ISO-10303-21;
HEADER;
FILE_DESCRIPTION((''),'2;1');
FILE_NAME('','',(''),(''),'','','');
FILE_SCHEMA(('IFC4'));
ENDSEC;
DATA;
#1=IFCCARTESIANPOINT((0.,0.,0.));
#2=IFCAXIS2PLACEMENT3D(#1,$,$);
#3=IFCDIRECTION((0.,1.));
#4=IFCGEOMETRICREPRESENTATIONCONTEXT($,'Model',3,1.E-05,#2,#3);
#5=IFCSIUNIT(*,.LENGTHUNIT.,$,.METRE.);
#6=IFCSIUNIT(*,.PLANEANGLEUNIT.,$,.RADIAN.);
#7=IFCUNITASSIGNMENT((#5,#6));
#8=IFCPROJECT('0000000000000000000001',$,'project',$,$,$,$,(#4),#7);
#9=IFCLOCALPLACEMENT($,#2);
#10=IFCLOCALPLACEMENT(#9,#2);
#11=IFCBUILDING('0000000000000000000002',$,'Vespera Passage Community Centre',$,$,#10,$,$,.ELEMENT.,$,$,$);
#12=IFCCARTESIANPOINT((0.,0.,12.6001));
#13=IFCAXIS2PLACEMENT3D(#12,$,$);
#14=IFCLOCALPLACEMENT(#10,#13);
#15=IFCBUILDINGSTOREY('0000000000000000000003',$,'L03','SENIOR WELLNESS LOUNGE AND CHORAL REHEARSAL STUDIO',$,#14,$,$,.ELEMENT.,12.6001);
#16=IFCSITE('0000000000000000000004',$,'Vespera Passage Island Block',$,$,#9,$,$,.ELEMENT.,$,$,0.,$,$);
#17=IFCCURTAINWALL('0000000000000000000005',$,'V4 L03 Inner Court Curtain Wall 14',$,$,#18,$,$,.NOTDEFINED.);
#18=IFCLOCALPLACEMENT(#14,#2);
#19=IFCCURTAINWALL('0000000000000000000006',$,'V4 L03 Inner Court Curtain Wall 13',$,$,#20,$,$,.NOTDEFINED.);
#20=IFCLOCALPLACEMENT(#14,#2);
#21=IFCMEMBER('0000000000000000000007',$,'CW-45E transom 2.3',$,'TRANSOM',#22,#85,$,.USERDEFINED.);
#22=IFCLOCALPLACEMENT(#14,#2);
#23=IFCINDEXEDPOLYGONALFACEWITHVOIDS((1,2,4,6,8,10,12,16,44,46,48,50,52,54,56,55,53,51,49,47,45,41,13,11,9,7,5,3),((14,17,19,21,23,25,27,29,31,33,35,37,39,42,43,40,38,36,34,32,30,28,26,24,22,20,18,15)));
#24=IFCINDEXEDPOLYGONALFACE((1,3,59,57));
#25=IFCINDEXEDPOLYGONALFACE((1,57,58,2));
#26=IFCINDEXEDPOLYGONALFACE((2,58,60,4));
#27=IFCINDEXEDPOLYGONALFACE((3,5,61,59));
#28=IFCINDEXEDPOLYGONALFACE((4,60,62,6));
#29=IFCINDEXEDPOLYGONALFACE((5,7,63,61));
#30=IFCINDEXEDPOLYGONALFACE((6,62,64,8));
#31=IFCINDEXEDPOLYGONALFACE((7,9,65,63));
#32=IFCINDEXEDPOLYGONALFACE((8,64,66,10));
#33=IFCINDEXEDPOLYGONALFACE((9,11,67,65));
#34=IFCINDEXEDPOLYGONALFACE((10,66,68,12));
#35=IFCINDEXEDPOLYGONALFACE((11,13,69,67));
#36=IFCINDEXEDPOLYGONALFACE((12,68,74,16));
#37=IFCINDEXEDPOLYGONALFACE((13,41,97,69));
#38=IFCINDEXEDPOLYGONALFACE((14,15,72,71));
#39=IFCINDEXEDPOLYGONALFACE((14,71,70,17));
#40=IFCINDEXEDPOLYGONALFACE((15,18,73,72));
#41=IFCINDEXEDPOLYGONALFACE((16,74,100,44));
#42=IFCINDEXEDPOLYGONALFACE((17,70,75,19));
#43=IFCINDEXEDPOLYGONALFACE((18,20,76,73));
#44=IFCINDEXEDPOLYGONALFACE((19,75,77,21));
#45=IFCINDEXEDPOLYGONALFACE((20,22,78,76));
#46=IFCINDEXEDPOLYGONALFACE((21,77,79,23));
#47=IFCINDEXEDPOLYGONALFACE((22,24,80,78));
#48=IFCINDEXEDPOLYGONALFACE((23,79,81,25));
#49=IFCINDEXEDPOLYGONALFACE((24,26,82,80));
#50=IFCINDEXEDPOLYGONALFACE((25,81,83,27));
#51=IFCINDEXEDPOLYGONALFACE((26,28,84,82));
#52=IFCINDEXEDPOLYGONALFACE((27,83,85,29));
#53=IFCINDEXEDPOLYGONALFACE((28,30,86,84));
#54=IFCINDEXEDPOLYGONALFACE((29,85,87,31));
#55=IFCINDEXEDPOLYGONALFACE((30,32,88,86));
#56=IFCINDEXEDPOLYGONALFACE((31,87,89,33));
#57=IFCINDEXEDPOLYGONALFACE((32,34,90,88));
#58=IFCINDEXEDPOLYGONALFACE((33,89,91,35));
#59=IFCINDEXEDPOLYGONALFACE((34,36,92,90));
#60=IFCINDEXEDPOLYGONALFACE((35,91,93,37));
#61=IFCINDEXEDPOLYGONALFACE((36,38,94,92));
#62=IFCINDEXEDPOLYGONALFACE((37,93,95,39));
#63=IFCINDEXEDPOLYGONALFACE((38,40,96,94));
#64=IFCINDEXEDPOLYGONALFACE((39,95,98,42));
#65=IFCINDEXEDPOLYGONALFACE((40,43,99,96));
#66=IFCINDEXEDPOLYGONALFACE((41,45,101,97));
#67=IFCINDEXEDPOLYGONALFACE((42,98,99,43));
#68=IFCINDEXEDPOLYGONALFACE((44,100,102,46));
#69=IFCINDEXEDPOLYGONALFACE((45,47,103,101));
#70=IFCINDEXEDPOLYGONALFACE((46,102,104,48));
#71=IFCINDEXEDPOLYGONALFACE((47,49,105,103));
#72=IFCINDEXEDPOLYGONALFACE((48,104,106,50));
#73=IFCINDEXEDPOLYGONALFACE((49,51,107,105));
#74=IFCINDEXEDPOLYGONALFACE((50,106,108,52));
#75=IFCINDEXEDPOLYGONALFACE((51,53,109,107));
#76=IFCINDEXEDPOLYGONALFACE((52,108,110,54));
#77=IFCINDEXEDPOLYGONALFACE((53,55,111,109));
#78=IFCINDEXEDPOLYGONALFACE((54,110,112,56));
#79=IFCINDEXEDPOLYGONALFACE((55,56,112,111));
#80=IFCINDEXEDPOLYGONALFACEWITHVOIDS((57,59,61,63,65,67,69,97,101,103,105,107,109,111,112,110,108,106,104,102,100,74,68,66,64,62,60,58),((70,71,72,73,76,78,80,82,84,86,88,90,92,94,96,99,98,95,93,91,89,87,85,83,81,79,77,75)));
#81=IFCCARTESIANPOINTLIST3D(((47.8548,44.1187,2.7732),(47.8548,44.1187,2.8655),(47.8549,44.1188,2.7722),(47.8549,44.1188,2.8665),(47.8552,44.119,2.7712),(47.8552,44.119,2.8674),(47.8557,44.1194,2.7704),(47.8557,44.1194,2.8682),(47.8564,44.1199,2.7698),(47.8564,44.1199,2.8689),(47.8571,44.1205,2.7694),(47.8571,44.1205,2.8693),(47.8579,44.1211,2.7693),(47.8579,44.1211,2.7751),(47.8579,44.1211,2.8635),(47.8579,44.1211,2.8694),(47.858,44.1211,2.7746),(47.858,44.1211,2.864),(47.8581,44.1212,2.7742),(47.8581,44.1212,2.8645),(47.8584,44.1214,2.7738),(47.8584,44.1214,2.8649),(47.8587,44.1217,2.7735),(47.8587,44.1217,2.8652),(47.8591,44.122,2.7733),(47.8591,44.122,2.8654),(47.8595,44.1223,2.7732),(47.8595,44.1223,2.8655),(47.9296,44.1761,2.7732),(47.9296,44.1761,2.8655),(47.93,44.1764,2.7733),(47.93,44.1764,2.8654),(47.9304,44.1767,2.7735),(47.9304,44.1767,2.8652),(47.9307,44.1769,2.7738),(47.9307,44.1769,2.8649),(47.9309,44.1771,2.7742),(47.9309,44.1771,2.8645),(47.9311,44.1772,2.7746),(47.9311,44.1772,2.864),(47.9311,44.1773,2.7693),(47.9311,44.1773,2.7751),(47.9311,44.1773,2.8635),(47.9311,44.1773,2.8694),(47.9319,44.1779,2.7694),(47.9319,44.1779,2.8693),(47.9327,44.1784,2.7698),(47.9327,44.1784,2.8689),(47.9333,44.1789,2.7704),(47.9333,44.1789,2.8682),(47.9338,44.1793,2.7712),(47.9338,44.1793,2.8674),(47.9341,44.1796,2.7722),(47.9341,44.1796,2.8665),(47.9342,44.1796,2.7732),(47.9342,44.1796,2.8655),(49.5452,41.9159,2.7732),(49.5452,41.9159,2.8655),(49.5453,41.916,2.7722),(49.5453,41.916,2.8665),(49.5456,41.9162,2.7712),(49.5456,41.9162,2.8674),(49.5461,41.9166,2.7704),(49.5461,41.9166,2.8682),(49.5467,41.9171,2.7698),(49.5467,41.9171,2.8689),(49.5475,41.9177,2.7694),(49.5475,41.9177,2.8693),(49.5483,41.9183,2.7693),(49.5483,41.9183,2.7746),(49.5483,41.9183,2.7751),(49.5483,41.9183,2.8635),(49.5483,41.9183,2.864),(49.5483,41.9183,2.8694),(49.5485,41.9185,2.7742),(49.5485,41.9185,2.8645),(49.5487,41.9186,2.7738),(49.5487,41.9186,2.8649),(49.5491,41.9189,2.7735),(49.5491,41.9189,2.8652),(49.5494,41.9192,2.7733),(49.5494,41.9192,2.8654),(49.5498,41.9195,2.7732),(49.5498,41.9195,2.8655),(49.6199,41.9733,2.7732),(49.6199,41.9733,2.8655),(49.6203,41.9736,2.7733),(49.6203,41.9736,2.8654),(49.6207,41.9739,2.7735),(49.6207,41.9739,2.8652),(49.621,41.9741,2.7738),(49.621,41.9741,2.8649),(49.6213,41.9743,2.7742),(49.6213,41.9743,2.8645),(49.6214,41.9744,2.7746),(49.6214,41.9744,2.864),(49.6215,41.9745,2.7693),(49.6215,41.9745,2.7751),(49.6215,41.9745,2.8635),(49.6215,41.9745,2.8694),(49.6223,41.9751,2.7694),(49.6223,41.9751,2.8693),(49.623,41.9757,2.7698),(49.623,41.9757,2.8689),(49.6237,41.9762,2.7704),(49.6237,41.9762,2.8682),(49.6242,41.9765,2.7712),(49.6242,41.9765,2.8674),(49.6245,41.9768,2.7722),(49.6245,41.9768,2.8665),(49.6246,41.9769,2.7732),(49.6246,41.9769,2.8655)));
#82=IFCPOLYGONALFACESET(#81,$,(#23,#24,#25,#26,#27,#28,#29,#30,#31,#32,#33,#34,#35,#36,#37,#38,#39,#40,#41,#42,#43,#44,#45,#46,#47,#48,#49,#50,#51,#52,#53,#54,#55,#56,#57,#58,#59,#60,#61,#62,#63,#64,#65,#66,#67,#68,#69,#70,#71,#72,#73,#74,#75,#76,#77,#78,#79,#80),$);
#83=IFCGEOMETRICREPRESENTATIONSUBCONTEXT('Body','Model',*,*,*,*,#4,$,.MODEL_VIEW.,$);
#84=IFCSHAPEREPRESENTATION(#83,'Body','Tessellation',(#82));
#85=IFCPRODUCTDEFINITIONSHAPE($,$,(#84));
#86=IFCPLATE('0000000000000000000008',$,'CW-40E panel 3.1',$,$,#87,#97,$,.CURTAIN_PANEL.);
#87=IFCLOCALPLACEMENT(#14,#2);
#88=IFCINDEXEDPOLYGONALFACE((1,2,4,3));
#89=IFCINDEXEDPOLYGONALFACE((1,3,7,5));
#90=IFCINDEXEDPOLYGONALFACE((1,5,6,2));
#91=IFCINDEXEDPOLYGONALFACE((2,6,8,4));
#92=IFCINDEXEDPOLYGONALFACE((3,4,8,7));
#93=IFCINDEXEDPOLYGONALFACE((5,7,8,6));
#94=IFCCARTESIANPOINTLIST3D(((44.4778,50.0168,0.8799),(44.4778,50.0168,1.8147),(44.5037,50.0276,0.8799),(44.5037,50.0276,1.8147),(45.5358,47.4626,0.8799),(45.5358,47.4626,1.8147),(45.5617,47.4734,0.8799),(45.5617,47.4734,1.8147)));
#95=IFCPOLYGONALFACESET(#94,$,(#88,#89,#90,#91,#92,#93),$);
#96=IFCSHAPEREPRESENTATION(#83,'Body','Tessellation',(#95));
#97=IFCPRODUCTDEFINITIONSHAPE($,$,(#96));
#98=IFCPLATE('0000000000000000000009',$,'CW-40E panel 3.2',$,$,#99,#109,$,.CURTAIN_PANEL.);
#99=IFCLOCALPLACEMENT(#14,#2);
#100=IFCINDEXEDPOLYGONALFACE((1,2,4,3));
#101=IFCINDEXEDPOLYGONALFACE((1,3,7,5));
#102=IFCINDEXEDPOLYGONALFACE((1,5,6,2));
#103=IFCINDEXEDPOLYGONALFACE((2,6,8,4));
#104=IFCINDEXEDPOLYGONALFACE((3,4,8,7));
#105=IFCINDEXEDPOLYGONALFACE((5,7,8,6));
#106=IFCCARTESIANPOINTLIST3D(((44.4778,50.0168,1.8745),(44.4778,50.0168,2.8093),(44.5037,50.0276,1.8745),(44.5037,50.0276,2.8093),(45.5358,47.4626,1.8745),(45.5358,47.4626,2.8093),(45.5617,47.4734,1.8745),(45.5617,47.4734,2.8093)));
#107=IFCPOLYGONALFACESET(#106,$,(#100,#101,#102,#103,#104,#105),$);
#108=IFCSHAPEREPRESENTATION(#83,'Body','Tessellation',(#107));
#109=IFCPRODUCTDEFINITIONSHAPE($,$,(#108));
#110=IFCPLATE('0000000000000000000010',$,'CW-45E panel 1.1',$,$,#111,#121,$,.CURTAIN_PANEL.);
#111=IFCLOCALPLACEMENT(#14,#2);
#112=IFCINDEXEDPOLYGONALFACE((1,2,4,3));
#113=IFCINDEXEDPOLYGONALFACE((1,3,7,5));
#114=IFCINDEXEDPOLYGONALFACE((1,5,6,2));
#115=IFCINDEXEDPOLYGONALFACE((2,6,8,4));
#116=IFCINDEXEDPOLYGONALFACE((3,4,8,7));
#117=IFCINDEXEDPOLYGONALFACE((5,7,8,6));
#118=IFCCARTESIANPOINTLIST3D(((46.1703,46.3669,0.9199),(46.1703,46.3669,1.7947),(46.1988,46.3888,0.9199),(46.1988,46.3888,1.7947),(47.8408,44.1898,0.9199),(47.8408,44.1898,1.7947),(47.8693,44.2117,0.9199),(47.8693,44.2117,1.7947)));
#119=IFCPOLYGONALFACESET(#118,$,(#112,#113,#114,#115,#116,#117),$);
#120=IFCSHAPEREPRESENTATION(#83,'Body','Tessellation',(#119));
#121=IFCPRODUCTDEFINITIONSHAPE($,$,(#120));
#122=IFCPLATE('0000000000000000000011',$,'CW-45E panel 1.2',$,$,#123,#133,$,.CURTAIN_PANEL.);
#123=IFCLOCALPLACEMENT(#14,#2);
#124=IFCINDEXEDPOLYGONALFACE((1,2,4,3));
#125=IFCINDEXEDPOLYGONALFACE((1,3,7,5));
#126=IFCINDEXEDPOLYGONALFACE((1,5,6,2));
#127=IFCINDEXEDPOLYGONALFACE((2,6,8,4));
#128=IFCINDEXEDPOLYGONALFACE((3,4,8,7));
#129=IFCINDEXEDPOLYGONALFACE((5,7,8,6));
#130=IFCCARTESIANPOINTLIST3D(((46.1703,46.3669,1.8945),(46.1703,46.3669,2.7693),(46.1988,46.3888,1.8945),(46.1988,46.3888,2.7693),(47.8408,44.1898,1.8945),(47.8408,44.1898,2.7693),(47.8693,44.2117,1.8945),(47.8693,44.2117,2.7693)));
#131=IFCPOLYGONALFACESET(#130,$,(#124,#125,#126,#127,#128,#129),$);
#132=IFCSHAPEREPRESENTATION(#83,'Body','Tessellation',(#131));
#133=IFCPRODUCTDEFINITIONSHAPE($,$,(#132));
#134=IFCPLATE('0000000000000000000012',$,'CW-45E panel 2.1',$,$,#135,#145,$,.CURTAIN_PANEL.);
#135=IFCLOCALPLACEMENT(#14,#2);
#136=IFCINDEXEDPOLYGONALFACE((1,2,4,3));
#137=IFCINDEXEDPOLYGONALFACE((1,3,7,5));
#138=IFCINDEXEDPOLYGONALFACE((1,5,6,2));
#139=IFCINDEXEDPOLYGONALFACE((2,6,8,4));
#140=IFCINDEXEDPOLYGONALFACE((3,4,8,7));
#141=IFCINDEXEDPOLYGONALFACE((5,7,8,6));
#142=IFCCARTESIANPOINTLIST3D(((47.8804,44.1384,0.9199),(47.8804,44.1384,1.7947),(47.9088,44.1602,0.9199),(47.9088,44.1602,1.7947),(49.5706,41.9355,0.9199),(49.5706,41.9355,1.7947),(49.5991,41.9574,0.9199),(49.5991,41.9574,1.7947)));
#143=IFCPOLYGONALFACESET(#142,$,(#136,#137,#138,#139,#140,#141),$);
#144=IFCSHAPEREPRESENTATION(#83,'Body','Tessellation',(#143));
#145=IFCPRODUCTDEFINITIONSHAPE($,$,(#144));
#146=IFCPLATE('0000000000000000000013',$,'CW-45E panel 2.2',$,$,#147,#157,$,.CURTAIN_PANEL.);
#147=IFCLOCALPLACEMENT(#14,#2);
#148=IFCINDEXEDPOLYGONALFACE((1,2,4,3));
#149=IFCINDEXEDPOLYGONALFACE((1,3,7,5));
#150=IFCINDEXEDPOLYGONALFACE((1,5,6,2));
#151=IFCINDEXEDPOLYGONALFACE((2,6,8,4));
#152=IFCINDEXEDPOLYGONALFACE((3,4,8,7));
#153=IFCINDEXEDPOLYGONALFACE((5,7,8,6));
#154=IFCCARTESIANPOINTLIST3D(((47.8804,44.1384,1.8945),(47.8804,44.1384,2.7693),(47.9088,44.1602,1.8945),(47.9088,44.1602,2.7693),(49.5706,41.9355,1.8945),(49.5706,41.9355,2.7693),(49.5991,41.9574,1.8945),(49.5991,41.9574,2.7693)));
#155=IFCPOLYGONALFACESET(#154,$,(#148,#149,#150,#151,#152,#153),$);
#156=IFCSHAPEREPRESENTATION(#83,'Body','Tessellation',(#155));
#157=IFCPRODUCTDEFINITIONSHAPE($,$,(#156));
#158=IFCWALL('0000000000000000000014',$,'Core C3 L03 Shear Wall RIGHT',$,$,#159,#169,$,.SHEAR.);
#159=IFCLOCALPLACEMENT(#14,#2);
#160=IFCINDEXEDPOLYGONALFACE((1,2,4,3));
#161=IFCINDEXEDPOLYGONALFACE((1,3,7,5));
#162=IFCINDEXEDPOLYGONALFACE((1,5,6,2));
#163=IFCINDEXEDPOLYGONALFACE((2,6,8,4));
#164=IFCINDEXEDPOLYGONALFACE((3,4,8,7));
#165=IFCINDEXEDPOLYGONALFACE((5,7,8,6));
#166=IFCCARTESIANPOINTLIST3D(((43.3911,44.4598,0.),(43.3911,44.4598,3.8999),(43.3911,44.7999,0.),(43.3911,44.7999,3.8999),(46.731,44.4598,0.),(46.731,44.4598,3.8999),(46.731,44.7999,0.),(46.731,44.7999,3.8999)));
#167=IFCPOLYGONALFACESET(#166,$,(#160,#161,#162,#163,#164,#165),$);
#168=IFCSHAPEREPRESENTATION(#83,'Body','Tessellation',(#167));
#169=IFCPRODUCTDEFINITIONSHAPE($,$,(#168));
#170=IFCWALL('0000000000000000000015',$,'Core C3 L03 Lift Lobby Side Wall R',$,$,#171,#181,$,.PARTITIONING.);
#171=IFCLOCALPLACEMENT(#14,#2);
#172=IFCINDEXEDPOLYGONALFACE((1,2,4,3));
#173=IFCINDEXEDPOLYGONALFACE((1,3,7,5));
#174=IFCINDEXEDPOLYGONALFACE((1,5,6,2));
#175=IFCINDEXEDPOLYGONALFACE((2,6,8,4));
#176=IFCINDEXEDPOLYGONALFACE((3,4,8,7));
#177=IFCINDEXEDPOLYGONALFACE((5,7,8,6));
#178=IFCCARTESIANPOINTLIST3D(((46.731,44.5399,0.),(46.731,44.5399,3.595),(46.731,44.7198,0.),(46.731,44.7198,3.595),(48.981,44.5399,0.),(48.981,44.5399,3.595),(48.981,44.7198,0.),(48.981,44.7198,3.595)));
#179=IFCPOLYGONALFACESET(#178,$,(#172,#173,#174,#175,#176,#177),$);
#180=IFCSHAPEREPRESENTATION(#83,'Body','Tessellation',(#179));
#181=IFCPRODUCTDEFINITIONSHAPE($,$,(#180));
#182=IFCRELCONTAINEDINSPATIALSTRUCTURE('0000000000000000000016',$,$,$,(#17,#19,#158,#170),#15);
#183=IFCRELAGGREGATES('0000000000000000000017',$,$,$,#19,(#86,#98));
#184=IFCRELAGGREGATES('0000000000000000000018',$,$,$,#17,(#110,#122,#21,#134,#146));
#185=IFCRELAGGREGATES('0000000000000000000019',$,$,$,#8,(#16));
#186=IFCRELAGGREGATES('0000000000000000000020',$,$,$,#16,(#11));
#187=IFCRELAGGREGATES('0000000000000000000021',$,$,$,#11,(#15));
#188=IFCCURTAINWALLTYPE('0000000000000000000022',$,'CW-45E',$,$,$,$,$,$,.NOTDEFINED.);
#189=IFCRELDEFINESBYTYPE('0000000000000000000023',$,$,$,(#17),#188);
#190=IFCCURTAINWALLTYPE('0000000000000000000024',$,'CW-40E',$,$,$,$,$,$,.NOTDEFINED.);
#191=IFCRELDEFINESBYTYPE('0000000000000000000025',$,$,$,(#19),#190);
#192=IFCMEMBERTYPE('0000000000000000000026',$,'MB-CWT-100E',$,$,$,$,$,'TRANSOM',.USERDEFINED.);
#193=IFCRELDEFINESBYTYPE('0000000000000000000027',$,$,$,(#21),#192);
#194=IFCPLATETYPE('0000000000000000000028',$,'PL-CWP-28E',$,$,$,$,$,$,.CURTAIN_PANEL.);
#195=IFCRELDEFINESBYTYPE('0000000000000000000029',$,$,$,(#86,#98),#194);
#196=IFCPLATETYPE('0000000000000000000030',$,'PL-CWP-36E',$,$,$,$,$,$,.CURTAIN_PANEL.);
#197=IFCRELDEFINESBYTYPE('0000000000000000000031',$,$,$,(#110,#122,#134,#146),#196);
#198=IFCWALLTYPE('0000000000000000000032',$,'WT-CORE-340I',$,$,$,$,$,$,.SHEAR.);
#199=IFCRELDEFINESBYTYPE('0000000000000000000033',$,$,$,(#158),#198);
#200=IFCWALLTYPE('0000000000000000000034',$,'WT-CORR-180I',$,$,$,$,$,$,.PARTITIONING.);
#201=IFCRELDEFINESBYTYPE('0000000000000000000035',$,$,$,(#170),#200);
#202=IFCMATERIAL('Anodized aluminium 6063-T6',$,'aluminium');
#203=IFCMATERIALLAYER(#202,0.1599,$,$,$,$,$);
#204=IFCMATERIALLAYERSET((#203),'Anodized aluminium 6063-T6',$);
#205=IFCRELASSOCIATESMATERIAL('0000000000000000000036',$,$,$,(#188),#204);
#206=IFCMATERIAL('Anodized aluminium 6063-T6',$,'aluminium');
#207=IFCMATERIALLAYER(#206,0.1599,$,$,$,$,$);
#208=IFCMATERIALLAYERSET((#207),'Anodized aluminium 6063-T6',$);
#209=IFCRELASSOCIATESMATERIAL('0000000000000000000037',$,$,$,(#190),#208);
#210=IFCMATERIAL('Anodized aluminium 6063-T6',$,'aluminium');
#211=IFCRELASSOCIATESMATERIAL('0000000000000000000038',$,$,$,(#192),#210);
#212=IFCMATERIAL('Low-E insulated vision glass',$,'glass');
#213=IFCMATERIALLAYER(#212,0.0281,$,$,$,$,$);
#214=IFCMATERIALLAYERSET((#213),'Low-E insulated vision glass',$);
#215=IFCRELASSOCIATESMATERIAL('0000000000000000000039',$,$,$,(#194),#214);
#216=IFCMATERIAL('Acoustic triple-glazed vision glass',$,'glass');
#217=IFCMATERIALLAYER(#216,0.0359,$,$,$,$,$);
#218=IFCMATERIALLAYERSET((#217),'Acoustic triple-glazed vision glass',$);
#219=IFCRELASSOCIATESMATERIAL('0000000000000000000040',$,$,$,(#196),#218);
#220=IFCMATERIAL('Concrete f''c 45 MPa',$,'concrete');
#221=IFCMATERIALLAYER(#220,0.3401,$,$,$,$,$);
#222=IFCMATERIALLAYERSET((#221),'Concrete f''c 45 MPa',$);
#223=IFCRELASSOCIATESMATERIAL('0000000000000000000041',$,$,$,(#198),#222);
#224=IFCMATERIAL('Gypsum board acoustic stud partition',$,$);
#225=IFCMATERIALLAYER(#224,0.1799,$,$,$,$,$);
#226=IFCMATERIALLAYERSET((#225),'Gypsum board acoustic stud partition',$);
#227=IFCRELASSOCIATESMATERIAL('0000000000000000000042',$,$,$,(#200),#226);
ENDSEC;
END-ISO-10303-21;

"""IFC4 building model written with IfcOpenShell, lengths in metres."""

from ifc_helpers import new_model, si_unit, direction, frame, frame_2d, origin, origin_2d, place, context, subcontext, project, spatial, rectangle, hollow_rectangle, extrude, material, layer, layer_set, material_profile, profile_set, type_object, element, aggregate, save


model = new_model("IFC4")

# Units and contexts
model_context = context("Model", 3, precision=1e-05, world=origin(), true_north=direction((0.0, 1.0)))
body_context = subcontext(model_context, "Body", "Model", "MODEL_VIEW")
ifc_project = project(units=[si_unit("LENGTHUNIT", "METRE"), si_unit("PLANEANGLEUNIT", "RADIAN")], contexts=[model_context])

# Site, building, storey
site_placement = place(None, origin())
site = spatial("IfcSite", under=ifc_project, at=site_placement, Name="Vespera Passage Island Block", CompositionType="ELEMENT", RefElevation=0.0)
building_placement = place(site_placement, origin())
building = spatial("IfcBuilding", under=site, at=building_placement, Name="Vespera Passage Community Centre", CompositionType="ELEMENT")
storey_placement = place(building_placement, frame((0.0, 0.0, 12.6001)))
storey = spatial("IfcBuildingStorey", under=building, at=storey_placement, Name="L03", Description="SENIOR WELLNESS LOUNGE AND CHORAL REHEARSAL STUDIO", CompositionType="ELEMENT", Elevation=12.6001)

# Curtain wall
ifc_material_1 = material(Name="Anodized aluminium 6063-T6", Category="aluminium")
ifc_layer_1 = layer(ifc_material_1, 0.1599)
ifc_layer_set_1 = layer_set([ifc_layer_1], Name="Anodized aluminium 6063-T6")
curtain_wall_type_1 = type_object("IfcCurtainWallType", Name="CW-45E", PredefinedType="NOTDEFINED", material=ifc_layer_set_1)
curtain_wall_1_placement = place(storey_placement, origin())
curtain_wall_1 = element("IfcCurtainWall", 1, at=curtain_wall_1_placement, inside=storey, type_object=curtain_wall_type_1, Name="V4 L03 Inner Court Curtain Wall 14", PredefinedType="NOTDEFINED")

# Curtain wall
ifc_material_2 = material(Name="Anodized aluminium 6063-T6", Category="aluminium")
ifc_layer_2 = layer(ifc_material_2, 0.1599)
ifc_layer_set_2 = layer_set([ifc_layer_2], Name="Anodized aluminium 6063-T6")
curtain_wall_type_2 = type_object("IfcCurtainWallType", Name="CW-40E", PredefinedType="NOTDEFINED", material=ifc_layer_set_2)
curtain_wall_2_placement = place(storey_placement, origin())
curtain_wall_2 = element("IfcCurtainWall", 2, at=curtain_wall_2_placement, inside=storey, type_object=curtain_wall_type_2, Name="V4 L03 Inner Court Curtain Wall 13", PredefinedType="NOTDEFINED")

# Member
ifc_material_3 = material(Name="Anodized aluminium 6063-T6", Category="aluminium")
ifc_material_profile_1 = material_profile(ifc_material_3, hollow_rectangle(XDim=0.1001, YDim=0.1001, WallThickness=0.0039, InnerFilletRadius=0.002, OuterFilletRadius=0.0039, at=origin_2d()), Name="ALU100X100X4")
ifc_profile_set_1 = profile_set([ifc_material_profile_1], Name="Anodized aluminium 6063-T6")
member_type_1 = type_object("IfcMemberType", Name="MB-CWT-100E", ElementType="TRANSOM", PredefinedType="USERDEFINED", material=ifc_profile_set_1)
member_1_placement = place(storey_placement, frame((47.8945, 44.1492, 2.8193), z_axis=(0.608784, -0.793336, 0.0), x_axis=(0.793336, 0.608784, 0.0)))
member_1 = element("IfcMember", 3, at=member_1_placement, type_object=member_type_1, Name="CW-45E transom 2.3", ObjectType="TRANSOM", PredefinedType="USERDEFINED", context=body_context, shape_type="SweptSolid", body=[
    extrude(hollow_rectangle(XDim=0.1001, YDim=0.1001, WallThickness=0.0039, InnerFilletRadius=0.002, OuterFilletRadius=0.0039, at=origin_2d()), origin(), (0.0, 0.0, 1.0), 2.7766),
])

# Plates
ifc_material_4 = material(Name="Low-E insulated vision glass", Category="glass")
ifc_layer_3 = layer(ifc_material_4, 0.0281)
ifc_layer_set_3 = layer_set([ifc_layer_3], Name="Low-E insulated vision glass")
plate_type_1 = type_object("IfcPlateType", Name="PL-CWP-28E", PredefinedType="CURTAIN_PANEL", material=ifc_layer_set_3)
plate_1_placement = place(storey_placement, frame((45.0198, 48.7451, 0.8799), z_axis=(0.0, 0.0, 1.0), x_axis=(0.38269, -0.923877, 0.0)))
plate_1 = element("IfcPlate", 4, at=plate_1_placement, type_object=plate_type_1, Name="CW-40E panel 3.1", PredefinedType="CURTAIN_PANEL", context=body_context, shape_type="SweptSolid", body=[
    extrude(rectangle(XDim=2.7646, YDim=0.0281, at=origin_2d()), origin(), (0.0, 0.0, 1.0), 0.9348),
])
plate_2_placement = place(storey_placement, frame((45.0198, 48.7451, 1.8745), z_axis=(0.0, 0.0, 1.0), x_axis=(0.38269, -0.923877, 0.0)))
plate_2 = element("IfcPlate", 5, at=plate_2_placement, type_object=plate_type_1, Name="CW-40E panel 3.2", PredefinedType="CURTAIN_PANEL", context=body_context, shape_type="SweptSolid", body=[
    extrude(rectangle(XDim=2.7646, YDim=0.0281, at=origin_2d()), origin(), (0.0, 0.0, 1.0), 0.9348),
])
aggregate(curtain_wall_2, [plate_1, plate_2])
ifc_material_5 = material(Name="Acoustic triple-glazed vision glass", Category="glass")
ifc_layer_4 = layer(ifc_material_5, 0.0359)
ifc_layer_set_4 = layer_set([ifc_layer_4], Name="Acoustic triple-glazed vision glass")
plate_type_2 = type_object("IfcPlateType", Name="PL-CWP-36E", PredefinedType="CURTAIN_PANEL", material=ifc_layer_set_4)
plate_3_placement = place(storey_placement, frame((47.0198, 45.2893, 0.9199), z_axis=(0.0, 0.0, 1.0), x_axis=(0.608755, -0.793358, 0.0)))
plate_3 = element("IfcPlate", 6, at=plate_3_placement, type_object=plate_type_2, Name="CW-45E panel 1.1", PredefinedType="CURTAIN_PANEL", context=body_context, shape_type="SweptSolid", body=[
    extrude(rectangle(XDim=2.7441, YDim=0.0359, at=origin_2d()), origin(), (0.0, 0.0, 1.0), 0.8748),
])
plate_4_placement = place(storey_placement, frame((47.0198, 45.2893, 1.8945), z_axis=(0.0, 0.0, 1.0), x_axis=(0.608755, -0.793358, 0.0)))
plate_4 = element("IfcPlate", 7, at=plate_4_placement, type_object=plate_type_2, Name="CW-45E panel 1.2", PredefinedType="CURTAIN_PANEL", context=body_context, shape_type="SweptSolid", body=[
    extrude(rectangle(XDim=2.7441, YDim=0.0359, at=origin_2d()), origin(), (0.0, 0.0, 1.0), 0.8748),
])
plate_5_placement = place(storey_placement, frame((48.7397, 43.0479, 0.9199), z_axis=(0.0, 0.0, 1.0), x_axis=(0.608755, -0.793358, 0.0)))
plate_5 = element("IfcPlate", 8, at=plate_5_placement, type_object=plate_type_2, Name="CW-45E panel 2.1", PredefinedType="CURTAIN_PANEL", context=body_context, shape_type="SweptSolid", body=[
    extrude(rectangle(XDim=2.7766, YDim=0.0359, at=origin_2d()), origin(), (0.0, 0.0, 1.0), 0.8748),
])
plate_6_placement = place(storey_placement, frame((48.7397, 43.0479, 1.8945), z_axis=(0.0, 0.0, 1.0), x_axis=(0.608755, -0.793358, 0.0)))
plate_6 = element("IfcPlate", 9, at=plate_6_placement, type_object=plate_type_2, Name="CW-45E panel 2.2", PredefinedType="CURTAIN_PANEL", context=body_context, shape_type="SweptSolid", body=[
    extrude(rectangle(XDim=2.7766, YDim=0.0359, at=origin_2d()), origin(), (0.0, 0.0, 1.0), 0.8748),
])
aggregate(curtain_wall_1, [plate_3, plate_4, member_1, plate_5, plate_6])

# Shared definitions
ifc_material_6 = material(Name="Concrete f'c 45 MPa", Category="concrete")
ifc_layer_5 = layer(ifc_material_6, 0.3401)
ifc_layer_set_5 = layer_set([ifc_layer_5], Name="Concrete f'c 45 MPa")
wall_type_1 = type_object("IfcWallType", Name="WT-CORE-340I", PredefinedType="SHEAR", material=ifc_layer_set_5)

# Walls
wall_1_placement = place(storey_placement, frame((43.3911, 44.6299, 0.0), z_axis=(0.0, 0.0, 1.0), x_axis=(1.0, 0.0, 0.0)))
element("IfcWall", 10, at=wall_1_placement, inside=storey, type_object=wall_type_1, Name="Core C3 L03 Shear Wall RIGHT", PredefinedType="SHEAR", context=body_context, shape_type="SweptSolid", body=[
    extrude(rectangle(XDim=3.3398, YDim=0.3401, at=frame_2d((1.6699, 0.0))), origin(), (0.0, 0.0, 1.0), 3.8999),
])
ifc_material_7 = material(Name="Gypsum board acoustic stud partition")
ifc_layer_6 = layer(ifc_material_7, 0.1799)
ifc_layer_set_6 = layer_set([ifc_layer_6], Name="Gypsum board acoustic stud partition")
wall_type_2 = type_object("IfcWallType", Name="WT-CORR-180I", PredefinedType="PARTITIONING", material=ifc_layer_set_6)
wall_2_placement = place(storey_placement, frame((46.731, 44.6299, 0.0), z_axis=(0.0, 0.0, 1.0), x_axis=(1.0, 0.0, 0.0)))
element("IfcWall", 11, at=wall_2_placement, inside=storey, type_object=wall_type_2, Name="Core C3 L03 Lift Lobby Side Wall R", PredefinedType="PARTITIONING", context=body_context, shape_type="SweptSolid", body=[
    extrude(rectangle(XDim=2.25, YDim=0.1799, at=frame_2d((1.125, 0.0))), origin(), (0.0, 0.0, 1.0), 3.595),
])

save(model, "model.ifc")
